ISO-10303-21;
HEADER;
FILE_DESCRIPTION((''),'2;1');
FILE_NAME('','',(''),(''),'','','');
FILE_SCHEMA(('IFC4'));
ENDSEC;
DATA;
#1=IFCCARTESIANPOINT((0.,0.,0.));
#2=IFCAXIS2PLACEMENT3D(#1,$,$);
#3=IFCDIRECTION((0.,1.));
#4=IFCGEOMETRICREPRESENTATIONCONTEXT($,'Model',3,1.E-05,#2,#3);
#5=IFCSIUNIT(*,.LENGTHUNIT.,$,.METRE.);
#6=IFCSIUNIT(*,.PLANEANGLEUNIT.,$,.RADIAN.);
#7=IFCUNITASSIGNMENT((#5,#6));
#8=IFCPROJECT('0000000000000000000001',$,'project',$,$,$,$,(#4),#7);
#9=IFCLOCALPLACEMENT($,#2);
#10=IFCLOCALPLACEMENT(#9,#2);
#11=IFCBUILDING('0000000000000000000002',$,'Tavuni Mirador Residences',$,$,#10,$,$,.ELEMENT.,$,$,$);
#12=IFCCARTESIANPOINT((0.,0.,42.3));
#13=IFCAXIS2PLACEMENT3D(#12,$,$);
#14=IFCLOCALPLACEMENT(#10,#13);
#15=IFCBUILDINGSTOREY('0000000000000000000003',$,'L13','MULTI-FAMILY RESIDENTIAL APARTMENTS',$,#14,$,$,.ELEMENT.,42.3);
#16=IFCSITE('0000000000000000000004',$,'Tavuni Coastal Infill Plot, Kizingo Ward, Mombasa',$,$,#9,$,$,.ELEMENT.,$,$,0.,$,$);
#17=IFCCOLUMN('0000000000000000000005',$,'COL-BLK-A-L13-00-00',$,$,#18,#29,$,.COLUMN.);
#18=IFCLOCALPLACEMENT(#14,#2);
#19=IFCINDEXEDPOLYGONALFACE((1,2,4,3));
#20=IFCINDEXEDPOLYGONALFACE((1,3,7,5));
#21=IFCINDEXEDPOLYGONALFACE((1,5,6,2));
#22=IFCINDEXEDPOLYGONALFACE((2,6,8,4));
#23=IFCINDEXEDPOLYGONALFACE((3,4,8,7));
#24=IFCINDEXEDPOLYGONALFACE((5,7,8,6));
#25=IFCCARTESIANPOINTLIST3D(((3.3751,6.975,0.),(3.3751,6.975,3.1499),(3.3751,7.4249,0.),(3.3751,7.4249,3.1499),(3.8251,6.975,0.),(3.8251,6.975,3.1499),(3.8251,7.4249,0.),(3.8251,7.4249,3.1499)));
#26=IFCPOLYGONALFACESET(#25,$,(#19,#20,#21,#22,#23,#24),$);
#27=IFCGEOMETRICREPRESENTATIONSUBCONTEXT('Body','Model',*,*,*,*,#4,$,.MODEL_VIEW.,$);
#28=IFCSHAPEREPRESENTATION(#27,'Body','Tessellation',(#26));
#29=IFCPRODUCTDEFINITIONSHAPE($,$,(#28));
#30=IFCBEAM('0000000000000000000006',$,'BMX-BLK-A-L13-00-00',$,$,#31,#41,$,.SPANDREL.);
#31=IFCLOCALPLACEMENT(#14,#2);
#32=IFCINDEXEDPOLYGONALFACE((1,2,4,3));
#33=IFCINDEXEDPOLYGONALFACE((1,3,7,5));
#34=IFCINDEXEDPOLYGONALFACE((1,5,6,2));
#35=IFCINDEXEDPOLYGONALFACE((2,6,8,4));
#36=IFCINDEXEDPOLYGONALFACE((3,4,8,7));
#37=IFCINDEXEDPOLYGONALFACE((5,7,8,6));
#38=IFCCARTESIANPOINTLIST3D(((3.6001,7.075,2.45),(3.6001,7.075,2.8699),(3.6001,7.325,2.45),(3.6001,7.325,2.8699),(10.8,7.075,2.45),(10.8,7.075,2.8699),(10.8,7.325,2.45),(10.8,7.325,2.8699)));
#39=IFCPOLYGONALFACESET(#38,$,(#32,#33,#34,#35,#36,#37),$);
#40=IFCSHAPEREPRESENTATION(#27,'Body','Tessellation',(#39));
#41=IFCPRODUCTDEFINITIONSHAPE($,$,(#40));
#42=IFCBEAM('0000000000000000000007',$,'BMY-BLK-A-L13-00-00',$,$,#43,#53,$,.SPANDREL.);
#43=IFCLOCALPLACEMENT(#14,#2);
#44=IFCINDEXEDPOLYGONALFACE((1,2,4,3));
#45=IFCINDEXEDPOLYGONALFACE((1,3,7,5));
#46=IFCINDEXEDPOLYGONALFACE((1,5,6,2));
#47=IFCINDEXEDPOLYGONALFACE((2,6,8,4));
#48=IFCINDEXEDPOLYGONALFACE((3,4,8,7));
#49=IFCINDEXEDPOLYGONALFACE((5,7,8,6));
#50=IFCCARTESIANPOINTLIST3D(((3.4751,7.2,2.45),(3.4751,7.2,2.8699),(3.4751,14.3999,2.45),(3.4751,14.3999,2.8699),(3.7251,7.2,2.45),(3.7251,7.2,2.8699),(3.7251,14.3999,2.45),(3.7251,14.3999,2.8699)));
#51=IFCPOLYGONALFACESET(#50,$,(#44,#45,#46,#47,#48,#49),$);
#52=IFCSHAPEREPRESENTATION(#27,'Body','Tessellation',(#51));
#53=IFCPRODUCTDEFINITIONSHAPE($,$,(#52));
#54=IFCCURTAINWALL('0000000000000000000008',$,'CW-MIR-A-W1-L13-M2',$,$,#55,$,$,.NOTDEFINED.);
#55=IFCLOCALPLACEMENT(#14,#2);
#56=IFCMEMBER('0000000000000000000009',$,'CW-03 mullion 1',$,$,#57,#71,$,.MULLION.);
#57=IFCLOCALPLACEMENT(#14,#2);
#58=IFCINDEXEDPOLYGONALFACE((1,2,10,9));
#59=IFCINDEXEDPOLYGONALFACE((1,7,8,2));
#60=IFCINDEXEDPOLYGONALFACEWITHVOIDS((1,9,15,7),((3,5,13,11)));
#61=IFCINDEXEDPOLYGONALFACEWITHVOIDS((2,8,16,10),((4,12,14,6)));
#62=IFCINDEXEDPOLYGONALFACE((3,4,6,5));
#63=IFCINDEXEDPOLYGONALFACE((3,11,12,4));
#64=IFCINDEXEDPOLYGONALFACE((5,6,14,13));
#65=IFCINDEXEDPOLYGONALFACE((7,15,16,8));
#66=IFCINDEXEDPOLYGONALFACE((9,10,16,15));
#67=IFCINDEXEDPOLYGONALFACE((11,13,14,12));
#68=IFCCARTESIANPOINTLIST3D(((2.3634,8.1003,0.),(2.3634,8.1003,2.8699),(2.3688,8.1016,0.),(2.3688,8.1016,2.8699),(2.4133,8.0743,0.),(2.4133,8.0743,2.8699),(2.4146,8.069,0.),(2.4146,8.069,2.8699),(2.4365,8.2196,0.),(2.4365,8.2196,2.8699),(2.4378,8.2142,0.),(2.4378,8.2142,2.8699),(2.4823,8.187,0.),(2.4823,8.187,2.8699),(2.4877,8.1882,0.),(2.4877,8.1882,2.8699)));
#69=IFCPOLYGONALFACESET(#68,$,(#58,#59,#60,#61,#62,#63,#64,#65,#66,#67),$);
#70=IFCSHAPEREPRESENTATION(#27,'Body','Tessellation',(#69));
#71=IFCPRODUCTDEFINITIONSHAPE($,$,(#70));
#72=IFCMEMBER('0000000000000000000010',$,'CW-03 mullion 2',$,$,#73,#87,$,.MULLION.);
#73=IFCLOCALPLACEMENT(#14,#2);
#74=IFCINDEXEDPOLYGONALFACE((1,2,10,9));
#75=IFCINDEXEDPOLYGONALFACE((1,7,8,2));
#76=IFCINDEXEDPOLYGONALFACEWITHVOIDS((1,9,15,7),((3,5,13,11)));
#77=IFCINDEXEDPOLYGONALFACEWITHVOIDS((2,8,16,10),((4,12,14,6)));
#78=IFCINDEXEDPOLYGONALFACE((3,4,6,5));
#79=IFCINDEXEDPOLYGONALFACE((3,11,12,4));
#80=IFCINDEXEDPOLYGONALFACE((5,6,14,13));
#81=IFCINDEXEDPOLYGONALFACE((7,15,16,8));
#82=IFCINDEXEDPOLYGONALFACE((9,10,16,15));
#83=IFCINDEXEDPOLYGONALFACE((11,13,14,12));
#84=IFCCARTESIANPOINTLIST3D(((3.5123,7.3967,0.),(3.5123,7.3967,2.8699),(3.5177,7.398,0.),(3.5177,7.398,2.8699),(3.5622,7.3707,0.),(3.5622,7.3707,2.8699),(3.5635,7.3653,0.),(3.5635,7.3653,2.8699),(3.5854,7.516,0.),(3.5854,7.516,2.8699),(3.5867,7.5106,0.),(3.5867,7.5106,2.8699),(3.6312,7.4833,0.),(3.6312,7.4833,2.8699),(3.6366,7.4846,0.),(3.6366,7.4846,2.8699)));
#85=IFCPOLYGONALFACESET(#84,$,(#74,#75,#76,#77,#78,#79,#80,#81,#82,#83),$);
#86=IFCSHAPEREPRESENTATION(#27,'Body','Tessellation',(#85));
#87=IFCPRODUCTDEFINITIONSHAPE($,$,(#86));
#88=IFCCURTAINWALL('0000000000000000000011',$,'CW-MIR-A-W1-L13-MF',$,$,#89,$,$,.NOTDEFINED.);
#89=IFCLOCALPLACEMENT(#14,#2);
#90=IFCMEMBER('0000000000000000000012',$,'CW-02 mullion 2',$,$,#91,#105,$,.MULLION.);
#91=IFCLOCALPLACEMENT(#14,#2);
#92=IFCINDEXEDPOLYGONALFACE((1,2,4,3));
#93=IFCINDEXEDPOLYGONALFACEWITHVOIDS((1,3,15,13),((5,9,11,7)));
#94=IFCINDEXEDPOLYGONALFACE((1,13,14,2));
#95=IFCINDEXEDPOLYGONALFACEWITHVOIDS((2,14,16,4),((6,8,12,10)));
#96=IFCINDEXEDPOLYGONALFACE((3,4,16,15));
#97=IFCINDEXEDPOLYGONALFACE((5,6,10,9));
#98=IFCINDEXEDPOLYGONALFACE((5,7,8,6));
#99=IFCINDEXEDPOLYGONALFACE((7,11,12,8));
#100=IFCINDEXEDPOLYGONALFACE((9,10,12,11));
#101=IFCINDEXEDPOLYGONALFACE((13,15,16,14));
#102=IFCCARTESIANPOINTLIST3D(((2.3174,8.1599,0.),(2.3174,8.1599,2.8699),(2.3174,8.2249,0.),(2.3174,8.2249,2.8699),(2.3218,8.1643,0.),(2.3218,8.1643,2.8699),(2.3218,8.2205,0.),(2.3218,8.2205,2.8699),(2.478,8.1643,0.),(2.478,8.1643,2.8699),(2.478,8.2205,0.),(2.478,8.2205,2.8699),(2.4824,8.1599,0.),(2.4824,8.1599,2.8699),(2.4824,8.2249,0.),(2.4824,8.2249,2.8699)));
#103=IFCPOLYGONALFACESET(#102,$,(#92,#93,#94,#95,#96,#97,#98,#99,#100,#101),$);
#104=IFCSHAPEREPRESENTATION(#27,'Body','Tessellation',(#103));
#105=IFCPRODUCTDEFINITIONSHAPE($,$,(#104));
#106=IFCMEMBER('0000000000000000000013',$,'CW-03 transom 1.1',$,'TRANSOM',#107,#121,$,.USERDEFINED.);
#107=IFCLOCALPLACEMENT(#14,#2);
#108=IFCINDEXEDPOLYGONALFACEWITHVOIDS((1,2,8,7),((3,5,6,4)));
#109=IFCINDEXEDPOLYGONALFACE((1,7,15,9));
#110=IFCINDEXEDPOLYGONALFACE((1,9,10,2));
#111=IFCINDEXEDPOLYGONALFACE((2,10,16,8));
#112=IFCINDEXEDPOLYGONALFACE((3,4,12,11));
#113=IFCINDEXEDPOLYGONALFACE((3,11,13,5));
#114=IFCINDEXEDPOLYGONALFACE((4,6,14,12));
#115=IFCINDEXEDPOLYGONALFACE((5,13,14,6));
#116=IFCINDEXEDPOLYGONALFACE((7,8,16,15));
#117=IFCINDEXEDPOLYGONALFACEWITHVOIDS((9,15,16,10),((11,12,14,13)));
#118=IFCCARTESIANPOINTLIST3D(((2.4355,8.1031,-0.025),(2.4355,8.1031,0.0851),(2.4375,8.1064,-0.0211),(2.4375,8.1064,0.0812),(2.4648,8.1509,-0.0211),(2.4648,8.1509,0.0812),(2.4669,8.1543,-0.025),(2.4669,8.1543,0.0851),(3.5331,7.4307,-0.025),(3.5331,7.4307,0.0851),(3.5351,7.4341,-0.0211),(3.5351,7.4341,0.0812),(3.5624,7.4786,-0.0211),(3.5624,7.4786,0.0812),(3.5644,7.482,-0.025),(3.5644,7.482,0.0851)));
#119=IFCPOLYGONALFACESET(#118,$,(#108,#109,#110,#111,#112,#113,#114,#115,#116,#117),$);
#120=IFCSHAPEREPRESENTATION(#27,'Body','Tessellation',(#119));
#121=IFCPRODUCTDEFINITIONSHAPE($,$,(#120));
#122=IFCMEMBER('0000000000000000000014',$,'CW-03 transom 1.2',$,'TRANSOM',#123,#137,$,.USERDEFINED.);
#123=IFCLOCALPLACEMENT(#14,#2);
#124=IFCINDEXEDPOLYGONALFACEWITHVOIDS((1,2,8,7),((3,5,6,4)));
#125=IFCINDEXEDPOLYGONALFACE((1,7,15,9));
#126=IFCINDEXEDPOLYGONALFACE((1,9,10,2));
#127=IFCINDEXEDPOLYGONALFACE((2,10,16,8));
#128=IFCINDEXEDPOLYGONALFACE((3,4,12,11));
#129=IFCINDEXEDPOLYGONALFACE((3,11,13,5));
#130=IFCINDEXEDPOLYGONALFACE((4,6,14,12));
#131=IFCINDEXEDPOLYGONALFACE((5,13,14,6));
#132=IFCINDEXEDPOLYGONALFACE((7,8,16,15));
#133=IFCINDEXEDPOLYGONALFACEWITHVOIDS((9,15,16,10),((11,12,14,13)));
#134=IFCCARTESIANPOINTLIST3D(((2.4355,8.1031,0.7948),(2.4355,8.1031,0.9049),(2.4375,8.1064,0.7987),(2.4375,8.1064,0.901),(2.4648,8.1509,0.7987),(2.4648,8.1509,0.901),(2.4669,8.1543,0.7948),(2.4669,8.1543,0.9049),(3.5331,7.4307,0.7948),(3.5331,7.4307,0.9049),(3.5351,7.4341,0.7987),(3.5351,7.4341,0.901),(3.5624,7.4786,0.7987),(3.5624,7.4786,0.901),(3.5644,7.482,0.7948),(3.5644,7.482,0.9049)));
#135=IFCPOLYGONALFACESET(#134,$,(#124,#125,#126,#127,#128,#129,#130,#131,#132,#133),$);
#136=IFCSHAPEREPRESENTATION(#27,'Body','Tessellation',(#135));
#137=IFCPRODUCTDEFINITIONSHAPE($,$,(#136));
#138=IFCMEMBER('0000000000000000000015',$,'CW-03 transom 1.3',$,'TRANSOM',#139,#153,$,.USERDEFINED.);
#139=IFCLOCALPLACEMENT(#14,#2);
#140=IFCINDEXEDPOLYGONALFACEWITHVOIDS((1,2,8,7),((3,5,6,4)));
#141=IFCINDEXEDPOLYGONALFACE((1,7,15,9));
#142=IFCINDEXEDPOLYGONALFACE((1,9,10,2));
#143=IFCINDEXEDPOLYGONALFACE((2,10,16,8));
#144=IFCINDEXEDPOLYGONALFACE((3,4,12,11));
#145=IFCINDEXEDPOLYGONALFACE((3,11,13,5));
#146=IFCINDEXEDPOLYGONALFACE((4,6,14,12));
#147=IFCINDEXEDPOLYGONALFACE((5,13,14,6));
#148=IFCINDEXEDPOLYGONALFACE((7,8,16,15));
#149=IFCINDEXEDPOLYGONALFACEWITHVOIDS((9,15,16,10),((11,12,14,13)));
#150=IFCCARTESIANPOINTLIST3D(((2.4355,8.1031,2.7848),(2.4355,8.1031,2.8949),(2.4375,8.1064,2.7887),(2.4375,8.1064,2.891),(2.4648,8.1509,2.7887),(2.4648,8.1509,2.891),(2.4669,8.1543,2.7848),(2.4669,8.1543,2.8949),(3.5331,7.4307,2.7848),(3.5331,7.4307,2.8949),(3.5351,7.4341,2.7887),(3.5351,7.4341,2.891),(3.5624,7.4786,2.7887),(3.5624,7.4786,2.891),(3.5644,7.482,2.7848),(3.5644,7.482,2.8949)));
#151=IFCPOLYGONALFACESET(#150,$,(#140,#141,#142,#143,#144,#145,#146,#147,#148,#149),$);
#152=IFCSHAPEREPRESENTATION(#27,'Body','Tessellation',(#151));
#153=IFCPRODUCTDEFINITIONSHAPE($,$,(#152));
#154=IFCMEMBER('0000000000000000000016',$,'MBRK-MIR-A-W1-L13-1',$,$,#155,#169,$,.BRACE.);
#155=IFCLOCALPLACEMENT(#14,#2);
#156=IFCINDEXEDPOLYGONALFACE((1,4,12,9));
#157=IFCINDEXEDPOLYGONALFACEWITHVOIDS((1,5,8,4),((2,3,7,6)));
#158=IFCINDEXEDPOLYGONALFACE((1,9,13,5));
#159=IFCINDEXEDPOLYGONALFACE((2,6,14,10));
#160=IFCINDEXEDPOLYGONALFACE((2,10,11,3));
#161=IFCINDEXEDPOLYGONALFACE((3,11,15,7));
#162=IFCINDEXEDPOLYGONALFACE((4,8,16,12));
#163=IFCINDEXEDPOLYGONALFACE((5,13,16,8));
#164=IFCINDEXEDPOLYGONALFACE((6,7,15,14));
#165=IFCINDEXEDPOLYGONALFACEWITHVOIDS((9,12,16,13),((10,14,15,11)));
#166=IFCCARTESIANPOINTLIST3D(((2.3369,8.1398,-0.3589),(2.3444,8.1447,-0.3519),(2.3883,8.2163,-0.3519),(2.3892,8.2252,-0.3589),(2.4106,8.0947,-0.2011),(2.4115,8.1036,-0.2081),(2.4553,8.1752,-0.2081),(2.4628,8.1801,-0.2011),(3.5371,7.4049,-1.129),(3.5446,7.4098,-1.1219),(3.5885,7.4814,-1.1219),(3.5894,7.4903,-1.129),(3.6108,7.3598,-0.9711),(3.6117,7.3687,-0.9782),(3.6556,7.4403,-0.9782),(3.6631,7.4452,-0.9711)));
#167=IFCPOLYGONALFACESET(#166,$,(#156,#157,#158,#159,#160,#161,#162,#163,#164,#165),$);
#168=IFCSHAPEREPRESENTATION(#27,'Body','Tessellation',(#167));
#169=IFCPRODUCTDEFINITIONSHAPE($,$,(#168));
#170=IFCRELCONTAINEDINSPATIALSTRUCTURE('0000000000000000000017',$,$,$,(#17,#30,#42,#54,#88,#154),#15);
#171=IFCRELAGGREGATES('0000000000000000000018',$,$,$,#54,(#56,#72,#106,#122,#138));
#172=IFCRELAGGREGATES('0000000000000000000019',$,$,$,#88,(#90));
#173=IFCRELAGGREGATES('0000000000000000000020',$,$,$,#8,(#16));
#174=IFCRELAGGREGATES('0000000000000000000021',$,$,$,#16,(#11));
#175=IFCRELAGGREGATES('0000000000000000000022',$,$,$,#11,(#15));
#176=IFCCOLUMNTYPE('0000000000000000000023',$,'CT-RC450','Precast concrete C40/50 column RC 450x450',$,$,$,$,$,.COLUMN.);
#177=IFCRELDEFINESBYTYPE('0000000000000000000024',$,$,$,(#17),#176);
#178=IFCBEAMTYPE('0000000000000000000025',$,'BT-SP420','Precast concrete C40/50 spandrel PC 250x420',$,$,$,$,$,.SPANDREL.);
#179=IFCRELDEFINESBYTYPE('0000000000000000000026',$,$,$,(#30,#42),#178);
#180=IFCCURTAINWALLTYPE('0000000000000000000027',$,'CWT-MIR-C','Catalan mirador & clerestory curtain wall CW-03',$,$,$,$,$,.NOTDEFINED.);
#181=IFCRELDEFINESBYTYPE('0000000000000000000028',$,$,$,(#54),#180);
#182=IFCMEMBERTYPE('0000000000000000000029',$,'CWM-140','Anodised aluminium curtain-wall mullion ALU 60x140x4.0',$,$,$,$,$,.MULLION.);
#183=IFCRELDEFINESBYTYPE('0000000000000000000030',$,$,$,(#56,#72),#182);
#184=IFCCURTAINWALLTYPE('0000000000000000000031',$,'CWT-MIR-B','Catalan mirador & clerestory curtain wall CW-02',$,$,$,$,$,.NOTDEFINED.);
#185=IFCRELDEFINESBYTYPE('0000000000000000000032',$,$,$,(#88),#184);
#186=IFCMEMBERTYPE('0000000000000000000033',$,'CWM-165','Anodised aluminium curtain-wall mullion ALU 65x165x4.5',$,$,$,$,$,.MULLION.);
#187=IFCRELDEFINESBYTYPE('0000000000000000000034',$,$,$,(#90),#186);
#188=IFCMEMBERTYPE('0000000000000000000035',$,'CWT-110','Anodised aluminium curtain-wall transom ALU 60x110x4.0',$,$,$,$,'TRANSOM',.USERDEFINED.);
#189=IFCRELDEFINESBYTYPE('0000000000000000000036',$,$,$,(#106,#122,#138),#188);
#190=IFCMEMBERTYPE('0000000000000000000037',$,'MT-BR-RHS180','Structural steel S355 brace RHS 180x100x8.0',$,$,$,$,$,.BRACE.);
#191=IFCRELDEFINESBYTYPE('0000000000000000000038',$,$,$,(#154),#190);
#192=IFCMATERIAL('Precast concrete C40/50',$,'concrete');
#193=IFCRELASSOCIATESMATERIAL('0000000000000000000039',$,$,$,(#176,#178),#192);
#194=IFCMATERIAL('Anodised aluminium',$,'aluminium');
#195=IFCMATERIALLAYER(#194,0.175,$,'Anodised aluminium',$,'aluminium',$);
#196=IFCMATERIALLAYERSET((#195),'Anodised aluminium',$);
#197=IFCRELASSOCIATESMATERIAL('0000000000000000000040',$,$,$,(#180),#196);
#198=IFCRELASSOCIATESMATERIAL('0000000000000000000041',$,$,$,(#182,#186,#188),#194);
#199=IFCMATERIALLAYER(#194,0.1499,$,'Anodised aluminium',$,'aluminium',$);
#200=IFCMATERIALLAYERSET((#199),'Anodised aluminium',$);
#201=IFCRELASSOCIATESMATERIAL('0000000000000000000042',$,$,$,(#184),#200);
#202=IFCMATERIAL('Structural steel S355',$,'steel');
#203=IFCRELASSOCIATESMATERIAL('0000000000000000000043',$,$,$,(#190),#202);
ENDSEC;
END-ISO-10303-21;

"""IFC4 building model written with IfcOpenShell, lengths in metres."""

from ifc_helpers import new_model, si_unit, direction, frame, origin, origin_2d, place, context, subcontext, project, spatial, rectangle, hollow_rectangle, extrude, material, layer, layer_set, material_profile, profile_set, type_object, element, aggregate, save


model = new_model("IFC4")

# Units and contexts
model_context = context("Model", 3, precision=1e-05, world=origin(), true_north=direction((0.0, 1.0)))
body_context = subcontext(model_context, "Body", "Model", "MODEL_VIEW")
ifc_project = project(units=[si_unit("LENGTHUNIT", "METRE"), si_unit("PLANEANGLEUNIT", "RADIAN")], contexts=[model_context])

# Site, building, storey
site_placement = place(None, origin())
site = spatial("IfcSite", under=ifc_project, at=site_placement, Name="Tavuni Coastal Infill Plot, Kizingo Ward, Mombasa", CompositionType="ELEMENT", RefElevation=0.0)
building_placement = place(site_placement, origin())
building = spatial("IfcBuilding", under=site, at=building_placement, Name="Tavuni Mirador Residences", CompositionType="ELEMENT")
storey_placement = place(building_placement, frame((0.0, 0.0, 42.3)))
storey = spatial("IfcBuildingStorey", under=building, at=storey_placement, Name="L13", Description="MULTI-FAMILY RESIDENTIAL APARTMENTS", CompositionType="ELEMENT", Elevation=42.3)

# Column
ifc_material_1 = material(Name="Precast concrete C40/50", Category="concrete")
ifc_material_profile_1 = material_profile(ifc_material_1, rectangle(XDim=0.45, YDim=0.45, at=origin_2d()), Name="RC 450x450", Category="concrete")
ifc_profile_set_1 = profile_set([ifc_material_profile_1], Name="Precast concrete C40/50")
column_type = type_object("IfcColumnType", Name="CT-RC450", Description="Precast concrete C40/50 column RC 450x450", PredefinedType="COLUMN", material=ifc_profile_set_1)
column_placement = place(storey_placement, frame((3.6001, 7.2, 0.0), z_axis=(0.0, 0.0, 1.0), x_axis=(1.0, 0.0, 0.0)))
element("IfcColumn", 1, at=column_placement, inside=storey, type_object=column_type, Name="COL-BLK-A-L13-00-00", PredefinedType="COLUMN", context=body_context, shape_type="SweptSolid", body=[
    extrude(rectangle(XDim=0.45, YDim=0.45, at=origin_2d()), origin(), (0.0, 0.0, 1.0), 3.1499),
])

# Beams
ifc_material_profile_2 = material_profile(ifc_material_1, rectangle(XDim=0.25, YDim=0.4199, at=origin_2d()), Name="PC 250x420", Category="concrete")
ifc_profile_set_2 = profile_set([ifc_material_profile_2], Name="Precast concrete C40/50")
beam_type = type_object("IfcBeamType", Name="BT-SP420", Description="Precast concrete C40/50 spandrel PC 250x420", PredefinedType="SPANDREL", material=ifc_profile_set_2)
for number, where, z_axis, x_axis, name in (
    (2, (3.6001, 7.2, 2.6599), (1.0, 0.0, 0.0), (0.0, 1.0, 0.0), "BMX-BLK-A-L13-00-00"),
    (3, (3.6001, 7.2, 2.6599), (0.0, 1.0, 0.0), (-1.0, 0.0, 0.0), "BMY-BLK-A-L13-00-00"),
):
    element("IfcBeam", number, at=place(storey_placement, frame(where, z_axis=z_axis, x_axis=x_axis)), inside=storey, type_object=beam_type, Name=name, PredefinedType="SPANDREL", context=body_context, shape_type="SweptSolid", body=[
        extrude(rectangle(XDim=0.25, YDim=0.4199, at=origin_2d()), origin(), (0.0, 0.0, 1.0), 7.2),
    ])

# Curtain wall, members
ifc_material_2 = material(Name="Anodised aluminium", Category="aluminium")
ifc_layer_1 = layer(ifc_material_2, 0.175, Name="Anodised aluminium", Category="aluminium")
ifc_layer_set_1 = layer_set([ifc_layer_1], Name="Anodised aluminium")
curtain_wall_type_1 = type_object("IfcCurtainWallType", Name="CWT-MIR-C", Description="Catalan mirador & clerestory curtain wall CW-03", PredefinedType="NOTDEFINED", material=ifc_layer_set_1)
curtain_wall_1_placement = place(storey_placement, origin())
curtain_wall_1 = element("IfcCurtainWall", 4, at=curtain_wall_1_placement, inside=storey, type_object=curtain_wall_type_1, Name="CW-MIR-A-W1-L13-M2", PredefinedType="NOTDEFINED")
ifc_material_profile_3 = material_profile(ifc_material_2, hollow_rectangle(XDim=0.0601, YDim=0.1399, WallThickness=0.0039, at=origin_2d()), Name="ALU 60x140x4.0", Category="aluminium")
ifc_profile_set_3 = profile_set([ifc_material_profile_3], Name="Anodised aluminium")
member_type_1 = type_object("IfcMemberType", Name="CWM-140", Description="Anodised aluminium curtain-wall mullion ALU 60x140x4.0", PredefinedType="MULLION", material=ifc_profile_set_3)
member_1_placement = place(storey_placement, frame((2.4255, 8.1443, 0.0), z_axis=(0.0, 0.0, 1.0), x_axis=(0.852754, -0.522312, 0.0)))
member_1 = element("IfcMember", 5, at=member_1_placement, type_object=member_type_1, Name="CW-03 mullion 1", PredefinedType="MULLION", context=body_context, shape_type="SweptSolid", body=[
    extrude(hollow_rectangle(XDim=0.0601, YDim=0.1399, WallThickness=0.0039, at=origin_2d()), origin(), (0.0, 0.0, 1.0), 2.8699),
])
member_2_placement = place(storey_placement, frame((3.5745, 7.4407, 0.0), z_axis=(0.0, 0.0, 1.0), x_axis=(0.852754, -0.522312, 0.0)))
member_2 = element("IfcMember", 6, at=member_2_placement, type_object=member_type_1, Name="CW-03 mullion 2", PredefinedType="MULLION", context=body_context, shape_type="SweptSolid", body=[
    extrude(hollow_rectangle(XDim=0.0601, YDim=0.1399, WallThickness=0.0039, at=origin_2d()), origin(), (0.0, 0.0, 1.0), 2.8699),
])

# Curtain wall, member
ifc_layer_2 = layer(ifc_material_2, 0.1499, Name="Anodised aluminium", Category="aluminium")
ifc_layer_set_2 = layer_set([ifc_layer_2], Name="Anodised aluminium")
curtain_wall_type_2 = type_object("IfcCurtainWallType", Name="CWT-MIR-B", Description="Catalan mirador & clerestory curtain wall CW-02", PredefinedType="NOTDEFINED", material=ifc_layer_set_2)
curtain_wall_2_placement = place(storey_placement, origin())
curtain_wall_2 = element("IfcCurtainWall", 7, at=curtain_wall_2_placement, inside=storey, type_object=curtain_wall_type_2, Name="CW-MIR-A-W1-L13-MF", PredefinedType="NOTDEFINED")
ifc_material_profile_4 = material_profile(ifc_material_2, hollow_rectangle(XDim=0.0649, YDim=0.165, WallThickness=0.0044, at=origin_2d()), Name="ALU 65x165x4.5", Category="aluminium")
ifc_profile_set_4 = profile_set([ifc_material_profile_4], Name="Anodised aluminium")
member_type_2 = type_object("IfcMemberType", Name="CWM-165", Description="Anodised aluminium curtain-wall mullion ALU 65x165x4.5", PredefinedType="MULLION", material=ifc_profile_set_4)
member_3_placement = place(storey_placement, frame((2.3999, 8.1924, 0.0), z_axis=(0.0, 0.0, 1.0), x_axis=(0.0, -1.0, 0.0)))
member_3 = element("IfcMember", 8, at=member_3_placement, type_object=member_type_2, Name="CW-02 mullion 2", PredefinedType="MULLION", context=body_context, shape_type="SweptSolid", body=[
    extrude(hollow_rectangle(XDim=0.0649, YDim=0.165, WallThickness=0.0044, at=origin_2d()), origin(), (0.0, 0.0, 1.0), 2.8699),
])

# Members
ifc_material_profile_5 = material_profile(ifc_material_2, hollow_rectangle(XDim=0.0601, YDim=0.1101, WallThickness=0.0039, at=origin_2d()), Name="ALU 60x110x4.0", Category="aluminium")
ifc_profile_set_5 = profile_set([ifc_material_profile_5], Name="Anodised aluminium")
member_type_3 = type_object("IfcMemberType", Name="CWT-110", Description="Anodised aluminium curtain-wall transom ALU 60x110x4.0", ElementType="TRANSOM", PredefinedType="USERDEFINED", material=ifc_profile_set_5)
member_4_placement = place(storey_placement, frame((2.4512, 8.1287, 0.03), z_axis=(0.852738, -0.52234, 0.0), x_axis=(0.52234, 0.852738, 0.0)))
member_4 = element("IfcMember", 9, at=member_4_placement, type_object=member_type_3, Name="CW-03 transom 1.1", ObjectType="TRANSOM", PredefinedType="USERDEFINED", context=body_context, shape_type="SweptSolid", body=[
    extrude(hollow_rectangle(XDim=0.0601, YDim=0.1101, WallThickness=0.0039, at=origin_2d()), origin(), (0.0, 0.0, 1.0), 1.2871),
])
member_5_placement = place(storey_placement, frame((2.4512, 8.1287, 0.8499), z_axis=(0.852738, -0.52234, 0.0), x_axis=(0.52234, 0.852738, 0.0)))
member_5 = element("IfcMember", 10, at=member_5_placement, type_object=member_type_3, Name="CW-03 transom 1.2", ObjectType="TRANSOM", PredefinedType="USERDEFINED", context=body_context, shape_type="SweptSolid", body=[
    extrude(hollow_rectangle(XDim=0.0601, YDim=0.1101, WallThickness=0.0039, at=origin_2d()), origin(), (0.0, 0.0, 1.0), 1.2871),
])
member_6_placement = place(storey_placement, frame((2.4512, 8.1287, 2.8398), z_axis=(0.852738, -0.52234, 0.0), x_axis=(0.52234, 0.852738, 0.0)))
member_6 = element("IfcMember", 11, at=member_6_placement, type_object=member_type_3, Name="CW-03 transom 1.3", ObjectType="TRANSOM", PredefinedType="USERDEFINED", context=body_context, shape_type="SweptSolid", body=[
    extrude(hollow_rectangle(XDim=0.0601, YDim=0.1101, WallThickness=0.0039, at=origin_2d()), origin(), (0.0, 0.0, 1.0), 1.2871),
])

# Member
ifc_material_3 = material(Name="Structural steel S355", Category="steel")
ifc_material_profile_6 = material_profile(ifc_material_3, hollow_rectangle(XDim=0.1001, YDim=0.1799, WallThickness=0.0081, at=origin_2d()), Name="RHS 180x100x8.0", Category="steel")
ifc_profile_set_6 = profile_set([ifc_material_profile_6], Name="Structural steel S355")
member_type_4 = type_object("IfcMemberType", Name="MT-BR-RHS180", Description="Structural steel S355 brace RHS 180x100x8.0", PredefinedType="BRACE", material=ifc_profile_set_6)
member_7_placement = place(storey_placement, frame((3.6001, 7.425, -1.05), z_axis=(-0.748163, 0.45809, 0.480005), x_axis=(-0.52218, -0.852836, 0.0)))
element("IfcMember", 12, at=member_7_placement, inside=storey, type_object=member_type_4, Name="MBRK-MIR-A-W1-L13-1", PredefinedType="BRACE", context=body_context, shape_type="SweptSolid", body=[
    extrude(hollow_rectangle(XDim=0.1001, YDim=0.1799, WallThickness=0.0081, at=origin_2d()), origin(), (0.0, 0.0, 1.0), 1.6042),
])

aggregate(curtain_wall_1, [member_1, member_2, member_4, member_5, member_6])
aggregate(curtain_wall_2, [member_3])

save(model, "model.ifc")
